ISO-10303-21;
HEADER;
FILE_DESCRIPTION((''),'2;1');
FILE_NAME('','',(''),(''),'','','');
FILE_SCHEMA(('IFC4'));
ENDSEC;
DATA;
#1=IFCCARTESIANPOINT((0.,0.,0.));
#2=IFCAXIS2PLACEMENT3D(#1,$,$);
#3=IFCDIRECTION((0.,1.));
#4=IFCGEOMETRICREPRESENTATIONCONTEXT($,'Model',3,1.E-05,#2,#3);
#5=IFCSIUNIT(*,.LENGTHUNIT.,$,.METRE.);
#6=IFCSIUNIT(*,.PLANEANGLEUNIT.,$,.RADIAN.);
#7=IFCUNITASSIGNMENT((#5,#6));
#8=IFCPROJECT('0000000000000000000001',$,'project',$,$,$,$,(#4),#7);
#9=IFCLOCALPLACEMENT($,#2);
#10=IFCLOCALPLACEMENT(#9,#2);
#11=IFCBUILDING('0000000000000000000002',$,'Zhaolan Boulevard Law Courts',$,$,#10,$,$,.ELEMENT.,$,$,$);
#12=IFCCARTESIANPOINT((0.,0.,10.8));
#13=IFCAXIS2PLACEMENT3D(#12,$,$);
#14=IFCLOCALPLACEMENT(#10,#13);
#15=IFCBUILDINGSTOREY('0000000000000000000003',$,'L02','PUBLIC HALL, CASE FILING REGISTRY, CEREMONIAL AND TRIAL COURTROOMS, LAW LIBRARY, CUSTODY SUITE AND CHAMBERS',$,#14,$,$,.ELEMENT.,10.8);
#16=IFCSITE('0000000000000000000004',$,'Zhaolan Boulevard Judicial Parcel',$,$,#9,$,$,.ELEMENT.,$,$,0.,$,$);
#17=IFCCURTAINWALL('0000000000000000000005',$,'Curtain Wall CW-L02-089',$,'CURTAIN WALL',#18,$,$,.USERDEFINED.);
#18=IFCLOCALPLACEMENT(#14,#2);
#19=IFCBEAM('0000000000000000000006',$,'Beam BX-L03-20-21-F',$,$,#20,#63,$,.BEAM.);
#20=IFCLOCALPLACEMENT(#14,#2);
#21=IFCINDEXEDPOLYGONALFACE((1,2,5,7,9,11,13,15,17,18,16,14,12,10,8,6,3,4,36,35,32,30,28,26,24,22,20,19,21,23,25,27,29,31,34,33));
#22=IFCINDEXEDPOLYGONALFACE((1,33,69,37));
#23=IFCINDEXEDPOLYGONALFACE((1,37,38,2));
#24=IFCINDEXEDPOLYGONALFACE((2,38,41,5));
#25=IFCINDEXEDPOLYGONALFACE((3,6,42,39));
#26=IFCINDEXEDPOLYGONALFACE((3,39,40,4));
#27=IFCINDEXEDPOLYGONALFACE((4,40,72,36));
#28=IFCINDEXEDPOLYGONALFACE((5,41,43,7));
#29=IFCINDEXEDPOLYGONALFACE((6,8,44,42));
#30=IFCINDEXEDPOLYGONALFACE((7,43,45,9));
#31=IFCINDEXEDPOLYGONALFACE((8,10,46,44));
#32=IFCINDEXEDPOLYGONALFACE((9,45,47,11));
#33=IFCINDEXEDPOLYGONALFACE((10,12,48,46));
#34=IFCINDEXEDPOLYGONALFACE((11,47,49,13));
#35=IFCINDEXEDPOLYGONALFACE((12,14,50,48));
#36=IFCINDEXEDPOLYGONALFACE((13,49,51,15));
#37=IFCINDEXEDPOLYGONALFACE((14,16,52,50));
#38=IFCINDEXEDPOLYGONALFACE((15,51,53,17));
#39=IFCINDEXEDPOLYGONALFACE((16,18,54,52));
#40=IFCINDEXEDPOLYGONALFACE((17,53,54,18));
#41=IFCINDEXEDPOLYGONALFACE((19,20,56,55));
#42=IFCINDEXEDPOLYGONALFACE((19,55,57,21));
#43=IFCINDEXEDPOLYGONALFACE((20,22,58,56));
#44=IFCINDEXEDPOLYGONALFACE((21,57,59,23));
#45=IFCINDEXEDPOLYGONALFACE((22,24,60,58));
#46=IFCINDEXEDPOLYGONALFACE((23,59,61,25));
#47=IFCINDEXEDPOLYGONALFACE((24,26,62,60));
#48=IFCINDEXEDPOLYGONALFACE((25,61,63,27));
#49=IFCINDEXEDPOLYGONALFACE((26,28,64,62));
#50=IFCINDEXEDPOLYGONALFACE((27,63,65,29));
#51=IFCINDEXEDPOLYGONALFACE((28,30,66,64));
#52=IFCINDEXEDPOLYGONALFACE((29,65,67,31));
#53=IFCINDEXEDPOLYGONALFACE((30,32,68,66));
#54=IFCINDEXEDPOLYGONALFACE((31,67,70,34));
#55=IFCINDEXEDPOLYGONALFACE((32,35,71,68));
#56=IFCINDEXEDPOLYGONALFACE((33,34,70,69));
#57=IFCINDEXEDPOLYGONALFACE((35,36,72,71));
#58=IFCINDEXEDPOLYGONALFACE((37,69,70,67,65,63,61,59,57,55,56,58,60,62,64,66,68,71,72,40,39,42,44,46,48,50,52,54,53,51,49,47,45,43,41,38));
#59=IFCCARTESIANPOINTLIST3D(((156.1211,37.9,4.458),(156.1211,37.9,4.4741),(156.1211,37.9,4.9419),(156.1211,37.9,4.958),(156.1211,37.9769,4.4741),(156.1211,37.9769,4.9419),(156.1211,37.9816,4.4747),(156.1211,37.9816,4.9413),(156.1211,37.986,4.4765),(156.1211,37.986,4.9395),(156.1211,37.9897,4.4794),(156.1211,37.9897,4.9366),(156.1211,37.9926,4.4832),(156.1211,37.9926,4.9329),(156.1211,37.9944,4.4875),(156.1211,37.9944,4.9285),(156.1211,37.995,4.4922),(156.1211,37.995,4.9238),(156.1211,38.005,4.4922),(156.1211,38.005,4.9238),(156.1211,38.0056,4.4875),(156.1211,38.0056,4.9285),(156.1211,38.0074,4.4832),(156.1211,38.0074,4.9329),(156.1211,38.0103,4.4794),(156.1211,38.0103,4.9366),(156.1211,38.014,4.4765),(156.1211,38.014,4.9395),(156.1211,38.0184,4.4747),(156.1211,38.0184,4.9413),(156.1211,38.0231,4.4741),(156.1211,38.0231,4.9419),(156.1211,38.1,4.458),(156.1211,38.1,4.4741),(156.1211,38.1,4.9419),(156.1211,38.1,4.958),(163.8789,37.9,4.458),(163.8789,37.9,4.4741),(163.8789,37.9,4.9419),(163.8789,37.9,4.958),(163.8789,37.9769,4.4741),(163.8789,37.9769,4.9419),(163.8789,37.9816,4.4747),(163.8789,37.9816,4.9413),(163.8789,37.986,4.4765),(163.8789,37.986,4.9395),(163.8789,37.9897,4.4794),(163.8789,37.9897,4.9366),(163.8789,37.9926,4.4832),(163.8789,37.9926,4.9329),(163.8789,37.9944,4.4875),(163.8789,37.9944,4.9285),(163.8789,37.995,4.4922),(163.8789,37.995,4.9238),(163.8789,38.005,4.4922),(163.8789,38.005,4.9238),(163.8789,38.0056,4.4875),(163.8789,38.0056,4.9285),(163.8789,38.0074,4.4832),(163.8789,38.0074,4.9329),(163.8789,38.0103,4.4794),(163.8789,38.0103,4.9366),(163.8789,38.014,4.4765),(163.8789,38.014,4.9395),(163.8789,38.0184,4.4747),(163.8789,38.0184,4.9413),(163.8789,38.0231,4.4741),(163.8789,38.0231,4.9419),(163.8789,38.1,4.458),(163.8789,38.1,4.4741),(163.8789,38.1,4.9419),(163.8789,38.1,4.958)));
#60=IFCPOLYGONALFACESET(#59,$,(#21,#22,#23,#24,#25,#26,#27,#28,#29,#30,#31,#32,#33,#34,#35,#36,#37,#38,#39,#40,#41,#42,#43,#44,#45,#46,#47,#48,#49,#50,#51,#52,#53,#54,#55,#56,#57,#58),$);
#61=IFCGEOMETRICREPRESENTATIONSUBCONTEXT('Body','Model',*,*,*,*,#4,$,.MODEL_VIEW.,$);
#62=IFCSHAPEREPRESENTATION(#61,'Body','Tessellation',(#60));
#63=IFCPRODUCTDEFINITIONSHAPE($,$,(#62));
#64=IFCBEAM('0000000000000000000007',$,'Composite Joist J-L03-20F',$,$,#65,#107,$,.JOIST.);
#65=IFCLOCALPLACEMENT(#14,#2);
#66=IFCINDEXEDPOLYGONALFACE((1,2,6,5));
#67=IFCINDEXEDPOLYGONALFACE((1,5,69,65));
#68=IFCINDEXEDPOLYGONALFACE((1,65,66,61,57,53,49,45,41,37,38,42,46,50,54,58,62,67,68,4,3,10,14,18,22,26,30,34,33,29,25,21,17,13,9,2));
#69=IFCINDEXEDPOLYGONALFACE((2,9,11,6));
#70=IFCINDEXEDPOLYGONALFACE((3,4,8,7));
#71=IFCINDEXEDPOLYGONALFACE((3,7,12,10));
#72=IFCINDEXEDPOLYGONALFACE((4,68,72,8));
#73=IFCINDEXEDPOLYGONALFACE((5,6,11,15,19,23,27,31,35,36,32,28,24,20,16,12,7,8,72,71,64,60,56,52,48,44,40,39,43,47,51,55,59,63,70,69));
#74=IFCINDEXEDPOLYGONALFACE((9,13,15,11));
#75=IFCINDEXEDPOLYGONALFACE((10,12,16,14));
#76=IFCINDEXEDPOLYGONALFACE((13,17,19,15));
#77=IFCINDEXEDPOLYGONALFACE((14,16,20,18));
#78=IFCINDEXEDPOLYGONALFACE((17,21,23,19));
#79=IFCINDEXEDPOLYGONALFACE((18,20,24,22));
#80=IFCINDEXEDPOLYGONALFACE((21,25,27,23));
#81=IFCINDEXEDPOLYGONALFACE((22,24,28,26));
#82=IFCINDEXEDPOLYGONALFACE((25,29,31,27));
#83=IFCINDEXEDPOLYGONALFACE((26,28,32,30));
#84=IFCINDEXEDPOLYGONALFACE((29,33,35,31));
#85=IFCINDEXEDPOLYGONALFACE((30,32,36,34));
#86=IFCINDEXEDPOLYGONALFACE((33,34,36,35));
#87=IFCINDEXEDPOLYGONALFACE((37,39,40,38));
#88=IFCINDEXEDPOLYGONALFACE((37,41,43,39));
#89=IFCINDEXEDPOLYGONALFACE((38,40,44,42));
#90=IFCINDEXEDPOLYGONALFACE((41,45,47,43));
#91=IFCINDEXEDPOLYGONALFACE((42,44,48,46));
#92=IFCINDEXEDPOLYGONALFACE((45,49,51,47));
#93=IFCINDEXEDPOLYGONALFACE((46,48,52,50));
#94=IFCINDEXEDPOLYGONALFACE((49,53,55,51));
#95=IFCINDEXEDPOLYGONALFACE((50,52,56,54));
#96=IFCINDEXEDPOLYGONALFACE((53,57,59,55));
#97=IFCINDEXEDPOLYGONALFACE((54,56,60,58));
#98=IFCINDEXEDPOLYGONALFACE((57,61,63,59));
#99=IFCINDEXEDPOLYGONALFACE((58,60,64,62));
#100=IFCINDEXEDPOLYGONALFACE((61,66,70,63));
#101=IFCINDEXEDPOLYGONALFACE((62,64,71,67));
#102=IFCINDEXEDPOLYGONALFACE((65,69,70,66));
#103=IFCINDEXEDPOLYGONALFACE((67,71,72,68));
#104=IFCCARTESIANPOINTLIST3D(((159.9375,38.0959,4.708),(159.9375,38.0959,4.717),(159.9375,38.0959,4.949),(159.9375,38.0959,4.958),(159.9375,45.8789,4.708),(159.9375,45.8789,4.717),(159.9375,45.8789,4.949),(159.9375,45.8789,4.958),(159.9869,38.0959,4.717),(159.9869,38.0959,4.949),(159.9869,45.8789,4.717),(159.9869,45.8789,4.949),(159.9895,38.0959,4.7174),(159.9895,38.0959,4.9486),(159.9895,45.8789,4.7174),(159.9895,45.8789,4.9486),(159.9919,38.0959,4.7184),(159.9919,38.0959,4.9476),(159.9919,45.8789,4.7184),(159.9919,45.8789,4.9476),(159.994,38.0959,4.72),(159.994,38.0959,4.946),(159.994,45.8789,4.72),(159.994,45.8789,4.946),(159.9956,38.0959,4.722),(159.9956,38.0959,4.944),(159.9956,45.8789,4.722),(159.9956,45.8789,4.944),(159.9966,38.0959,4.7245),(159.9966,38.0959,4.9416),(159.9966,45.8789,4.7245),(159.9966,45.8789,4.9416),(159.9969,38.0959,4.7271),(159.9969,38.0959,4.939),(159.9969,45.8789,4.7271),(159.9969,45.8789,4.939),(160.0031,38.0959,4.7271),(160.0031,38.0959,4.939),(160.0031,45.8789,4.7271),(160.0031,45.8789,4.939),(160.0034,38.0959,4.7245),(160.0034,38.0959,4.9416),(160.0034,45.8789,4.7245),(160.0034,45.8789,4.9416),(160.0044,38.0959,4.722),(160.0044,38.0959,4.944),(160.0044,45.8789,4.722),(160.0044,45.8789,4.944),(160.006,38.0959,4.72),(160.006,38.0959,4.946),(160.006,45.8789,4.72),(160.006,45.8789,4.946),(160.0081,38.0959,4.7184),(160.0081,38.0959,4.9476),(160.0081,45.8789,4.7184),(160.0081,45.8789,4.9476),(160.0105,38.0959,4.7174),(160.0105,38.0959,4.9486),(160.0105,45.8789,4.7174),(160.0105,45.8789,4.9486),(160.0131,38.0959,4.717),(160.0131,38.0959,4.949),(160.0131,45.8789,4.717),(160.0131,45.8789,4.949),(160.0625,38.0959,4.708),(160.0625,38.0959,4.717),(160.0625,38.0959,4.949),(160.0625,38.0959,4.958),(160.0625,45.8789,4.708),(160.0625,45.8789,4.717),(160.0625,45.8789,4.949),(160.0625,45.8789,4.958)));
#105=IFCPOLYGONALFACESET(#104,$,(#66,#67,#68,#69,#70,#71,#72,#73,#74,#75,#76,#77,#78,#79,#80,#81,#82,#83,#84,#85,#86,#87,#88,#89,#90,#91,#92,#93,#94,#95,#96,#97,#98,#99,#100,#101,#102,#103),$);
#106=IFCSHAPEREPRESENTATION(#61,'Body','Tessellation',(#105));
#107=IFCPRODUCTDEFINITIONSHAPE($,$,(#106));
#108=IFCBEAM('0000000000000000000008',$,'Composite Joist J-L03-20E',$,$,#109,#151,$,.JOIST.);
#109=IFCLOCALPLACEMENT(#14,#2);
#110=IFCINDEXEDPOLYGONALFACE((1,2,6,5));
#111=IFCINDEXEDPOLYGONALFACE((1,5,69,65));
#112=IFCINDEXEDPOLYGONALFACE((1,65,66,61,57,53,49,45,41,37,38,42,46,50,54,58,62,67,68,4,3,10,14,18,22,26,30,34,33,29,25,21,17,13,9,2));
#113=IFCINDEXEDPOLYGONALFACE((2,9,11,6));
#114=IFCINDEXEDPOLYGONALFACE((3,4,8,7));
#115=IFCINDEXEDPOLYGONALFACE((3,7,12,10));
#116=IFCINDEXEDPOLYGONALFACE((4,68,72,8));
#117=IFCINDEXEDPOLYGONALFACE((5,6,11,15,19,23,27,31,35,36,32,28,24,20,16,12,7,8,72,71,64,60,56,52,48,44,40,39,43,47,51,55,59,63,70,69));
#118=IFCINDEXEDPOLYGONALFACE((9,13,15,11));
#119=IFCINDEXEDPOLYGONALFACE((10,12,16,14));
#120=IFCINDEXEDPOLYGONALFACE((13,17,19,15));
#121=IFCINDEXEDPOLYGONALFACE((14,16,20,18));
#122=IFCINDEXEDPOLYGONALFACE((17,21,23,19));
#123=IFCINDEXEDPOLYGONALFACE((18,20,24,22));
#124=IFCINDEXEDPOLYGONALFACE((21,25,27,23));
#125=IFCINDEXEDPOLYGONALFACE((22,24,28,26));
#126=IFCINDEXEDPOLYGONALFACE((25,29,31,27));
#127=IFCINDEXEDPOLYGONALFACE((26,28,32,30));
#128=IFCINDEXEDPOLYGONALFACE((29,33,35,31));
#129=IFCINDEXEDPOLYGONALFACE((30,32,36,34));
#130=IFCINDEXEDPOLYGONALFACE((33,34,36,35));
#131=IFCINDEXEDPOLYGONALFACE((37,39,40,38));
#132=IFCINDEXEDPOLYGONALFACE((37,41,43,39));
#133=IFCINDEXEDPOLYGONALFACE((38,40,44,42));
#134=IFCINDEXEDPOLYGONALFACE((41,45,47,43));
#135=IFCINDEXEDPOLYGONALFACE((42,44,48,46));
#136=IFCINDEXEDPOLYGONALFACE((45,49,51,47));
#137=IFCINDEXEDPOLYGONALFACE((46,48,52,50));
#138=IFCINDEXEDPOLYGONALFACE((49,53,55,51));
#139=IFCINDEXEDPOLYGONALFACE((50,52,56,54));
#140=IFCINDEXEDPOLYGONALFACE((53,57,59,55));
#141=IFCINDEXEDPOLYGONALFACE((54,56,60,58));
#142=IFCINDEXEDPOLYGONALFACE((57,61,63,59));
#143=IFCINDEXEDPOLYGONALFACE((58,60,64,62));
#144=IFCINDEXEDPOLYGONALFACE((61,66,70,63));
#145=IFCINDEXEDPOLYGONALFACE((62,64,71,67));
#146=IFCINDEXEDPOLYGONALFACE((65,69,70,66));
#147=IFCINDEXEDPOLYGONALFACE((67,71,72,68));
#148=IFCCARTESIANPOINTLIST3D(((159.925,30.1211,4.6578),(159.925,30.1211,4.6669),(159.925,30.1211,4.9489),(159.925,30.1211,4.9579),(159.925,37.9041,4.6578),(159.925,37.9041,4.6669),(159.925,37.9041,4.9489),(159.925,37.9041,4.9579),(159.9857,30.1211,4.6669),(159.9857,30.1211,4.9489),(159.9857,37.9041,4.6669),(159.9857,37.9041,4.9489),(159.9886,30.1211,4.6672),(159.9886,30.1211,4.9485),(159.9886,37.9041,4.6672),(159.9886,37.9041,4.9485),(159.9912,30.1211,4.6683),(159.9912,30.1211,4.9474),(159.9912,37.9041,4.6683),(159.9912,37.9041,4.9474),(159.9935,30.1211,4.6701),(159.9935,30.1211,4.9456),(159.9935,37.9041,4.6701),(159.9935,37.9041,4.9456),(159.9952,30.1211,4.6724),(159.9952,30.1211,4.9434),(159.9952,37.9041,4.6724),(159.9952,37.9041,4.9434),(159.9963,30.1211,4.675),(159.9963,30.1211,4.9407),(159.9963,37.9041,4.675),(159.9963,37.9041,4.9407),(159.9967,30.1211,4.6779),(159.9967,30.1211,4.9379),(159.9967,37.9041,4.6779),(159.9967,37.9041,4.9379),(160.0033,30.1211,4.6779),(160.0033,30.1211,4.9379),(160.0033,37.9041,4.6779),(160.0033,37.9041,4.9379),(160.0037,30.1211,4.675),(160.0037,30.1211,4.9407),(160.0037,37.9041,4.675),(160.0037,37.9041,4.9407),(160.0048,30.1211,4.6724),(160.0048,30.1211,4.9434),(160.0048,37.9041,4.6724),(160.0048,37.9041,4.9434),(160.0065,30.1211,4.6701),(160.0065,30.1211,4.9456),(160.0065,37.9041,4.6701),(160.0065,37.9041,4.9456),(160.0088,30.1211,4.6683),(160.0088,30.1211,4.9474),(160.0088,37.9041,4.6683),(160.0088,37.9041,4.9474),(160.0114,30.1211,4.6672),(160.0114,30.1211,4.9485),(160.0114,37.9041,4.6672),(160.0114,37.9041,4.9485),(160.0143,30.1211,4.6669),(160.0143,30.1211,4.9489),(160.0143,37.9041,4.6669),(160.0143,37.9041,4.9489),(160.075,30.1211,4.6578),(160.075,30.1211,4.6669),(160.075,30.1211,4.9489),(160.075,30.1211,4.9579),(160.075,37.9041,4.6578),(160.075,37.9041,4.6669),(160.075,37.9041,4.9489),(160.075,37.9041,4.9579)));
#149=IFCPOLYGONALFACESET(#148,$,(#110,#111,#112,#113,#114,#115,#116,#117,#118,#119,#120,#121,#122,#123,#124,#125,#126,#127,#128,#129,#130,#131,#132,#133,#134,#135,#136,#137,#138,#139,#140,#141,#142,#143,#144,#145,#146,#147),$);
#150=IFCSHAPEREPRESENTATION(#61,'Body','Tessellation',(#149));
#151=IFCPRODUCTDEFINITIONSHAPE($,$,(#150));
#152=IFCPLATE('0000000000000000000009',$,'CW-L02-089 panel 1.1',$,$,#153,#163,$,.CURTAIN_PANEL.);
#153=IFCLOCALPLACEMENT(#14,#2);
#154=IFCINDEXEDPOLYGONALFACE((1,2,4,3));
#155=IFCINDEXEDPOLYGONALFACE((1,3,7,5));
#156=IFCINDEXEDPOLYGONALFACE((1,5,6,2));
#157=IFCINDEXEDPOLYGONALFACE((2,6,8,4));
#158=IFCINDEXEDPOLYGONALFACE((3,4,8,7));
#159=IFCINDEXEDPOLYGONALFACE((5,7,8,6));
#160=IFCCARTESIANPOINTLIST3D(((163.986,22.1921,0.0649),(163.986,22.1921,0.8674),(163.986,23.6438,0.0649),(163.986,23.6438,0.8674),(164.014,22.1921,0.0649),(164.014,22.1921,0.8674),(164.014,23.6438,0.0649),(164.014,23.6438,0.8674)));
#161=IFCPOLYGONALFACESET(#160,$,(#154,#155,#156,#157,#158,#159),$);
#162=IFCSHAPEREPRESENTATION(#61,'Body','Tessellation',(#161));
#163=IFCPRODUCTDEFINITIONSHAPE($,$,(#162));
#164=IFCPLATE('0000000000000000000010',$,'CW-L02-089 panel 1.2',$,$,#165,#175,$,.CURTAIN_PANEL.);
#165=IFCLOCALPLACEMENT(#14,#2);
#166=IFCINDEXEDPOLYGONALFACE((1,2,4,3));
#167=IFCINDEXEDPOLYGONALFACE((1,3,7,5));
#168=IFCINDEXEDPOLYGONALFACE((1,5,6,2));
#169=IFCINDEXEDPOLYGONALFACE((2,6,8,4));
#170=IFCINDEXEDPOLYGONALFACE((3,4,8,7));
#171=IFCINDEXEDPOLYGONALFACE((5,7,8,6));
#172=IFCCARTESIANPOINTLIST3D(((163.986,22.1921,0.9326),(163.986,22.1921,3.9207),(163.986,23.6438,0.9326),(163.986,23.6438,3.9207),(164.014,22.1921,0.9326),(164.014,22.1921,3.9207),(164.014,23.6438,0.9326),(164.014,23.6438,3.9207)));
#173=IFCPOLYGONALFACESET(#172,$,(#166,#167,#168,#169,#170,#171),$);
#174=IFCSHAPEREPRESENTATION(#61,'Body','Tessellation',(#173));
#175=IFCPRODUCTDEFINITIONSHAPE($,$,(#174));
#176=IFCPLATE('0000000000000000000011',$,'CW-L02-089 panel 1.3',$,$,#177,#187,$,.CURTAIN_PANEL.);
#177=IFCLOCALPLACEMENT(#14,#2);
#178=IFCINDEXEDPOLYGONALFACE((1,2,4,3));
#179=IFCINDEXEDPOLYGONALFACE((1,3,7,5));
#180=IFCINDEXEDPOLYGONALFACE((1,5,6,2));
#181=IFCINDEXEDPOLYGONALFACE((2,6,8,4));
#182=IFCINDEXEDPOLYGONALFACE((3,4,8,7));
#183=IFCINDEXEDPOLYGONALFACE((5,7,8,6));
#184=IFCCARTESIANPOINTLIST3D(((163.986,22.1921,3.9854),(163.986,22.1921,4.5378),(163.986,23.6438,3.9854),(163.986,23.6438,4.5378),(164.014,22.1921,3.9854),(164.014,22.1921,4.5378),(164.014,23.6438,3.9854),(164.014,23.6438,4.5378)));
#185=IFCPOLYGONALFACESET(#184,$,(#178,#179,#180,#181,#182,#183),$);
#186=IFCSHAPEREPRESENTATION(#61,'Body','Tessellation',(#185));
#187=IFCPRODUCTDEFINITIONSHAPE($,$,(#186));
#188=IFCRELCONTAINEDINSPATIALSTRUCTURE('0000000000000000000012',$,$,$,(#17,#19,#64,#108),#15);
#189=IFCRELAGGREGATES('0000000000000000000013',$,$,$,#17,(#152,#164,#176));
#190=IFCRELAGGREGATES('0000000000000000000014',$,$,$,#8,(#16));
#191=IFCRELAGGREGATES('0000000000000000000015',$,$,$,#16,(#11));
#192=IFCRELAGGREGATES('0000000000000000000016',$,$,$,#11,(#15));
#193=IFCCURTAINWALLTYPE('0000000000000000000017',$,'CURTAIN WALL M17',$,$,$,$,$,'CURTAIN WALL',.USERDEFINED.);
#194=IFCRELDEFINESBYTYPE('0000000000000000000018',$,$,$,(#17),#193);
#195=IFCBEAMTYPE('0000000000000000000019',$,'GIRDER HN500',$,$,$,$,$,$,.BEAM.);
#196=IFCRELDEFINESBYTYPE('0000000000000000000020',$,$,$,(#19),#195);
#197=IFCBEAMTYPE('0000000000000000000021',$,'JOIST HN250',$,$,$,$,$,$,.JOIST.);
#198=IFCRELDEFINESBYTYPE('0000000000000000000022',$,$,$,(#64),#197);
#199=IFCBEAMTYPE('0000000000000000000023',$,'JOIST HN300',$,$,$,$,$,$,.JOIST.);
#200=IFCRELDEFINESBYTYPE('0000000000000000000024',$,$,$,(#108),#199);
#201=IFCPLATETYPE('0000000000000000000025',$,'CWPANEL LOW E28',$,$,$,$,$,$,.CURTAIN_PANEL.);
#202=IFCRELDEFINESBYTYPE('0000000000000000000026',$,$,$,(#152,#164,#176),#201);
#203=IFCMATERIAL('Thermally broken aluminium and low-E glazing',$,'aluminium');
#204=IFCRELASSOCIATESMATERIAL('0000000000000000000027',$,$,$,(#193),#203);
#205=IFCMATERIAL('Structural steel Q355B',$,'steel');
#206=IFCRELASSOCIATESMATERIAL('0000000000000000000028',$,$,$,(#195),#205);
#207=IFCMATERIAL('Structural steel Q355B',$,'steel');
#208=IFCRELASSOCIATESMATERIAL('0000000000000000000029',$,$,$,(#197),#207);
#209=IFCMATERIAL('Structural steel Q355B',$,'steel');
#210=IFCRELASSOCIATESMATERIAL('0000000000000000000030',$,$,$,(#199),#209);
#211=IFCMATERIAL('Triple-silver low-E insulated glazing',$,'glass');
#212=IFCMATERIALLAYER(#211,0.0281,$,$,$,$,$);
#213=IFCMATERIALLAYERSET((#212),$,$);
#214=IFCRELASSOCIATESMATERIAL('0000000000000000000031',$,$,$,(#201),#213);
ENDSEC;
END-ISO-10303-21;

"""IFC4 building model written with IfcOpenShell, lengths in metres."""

from ifc_helpers import new_model, si_unit, direction, frame, origin, origin_2d, place, context, subcontext, project, spatial, rectangle, i_section, extrude, material, layer, layer_set, material_profile, profile_set, type_object, element, aggregate, save


model = new_model("IFC4")

# Units and contexts
model_context = context("Model", 3, precision=1e-05, world=origin(), true_north=direction((0.0, 1.0)))
body_context = subcontext(model_context, "Body", "Model", "MODEL_VIEW")
ifc_project = project(units=[si_unit("LENGTHUNIT", "METRE"), si_unit("PLANEANGLEUNIT", "RADIAN")], contexts=[model_context])

# Site, building, storey
site_placement = place(None, origin())
site = spatial("IfcSite", under=ifc_project, at=site_placement, Name="Zhaolan Boulevard Judicial Parcel", CompositionType="ELEMENT", RefElevation=0.0)
building_placement = place(site_placement, origin())
building = spatial("IfcBuilding", under=site, at=building_placement, Name="Zhaolan Boulevard Law Courts", CompositionType="ELEMENT")
storey_placement = place(building_placement, frame((0.0, 0.0, 10.8)))
storey = spatial("IfcBuildingStorey", under=building, at=storey_placement, Name="L02", Description="PUBLIC HALL, CASE FILING REGISTRY, CEREMONIAL AND TRIAL COURTROOMS, LAW LIBRARY, CUSTODY SUITE AND CHAMBERS", CompositionType="ELEMENT", Elevation=10.8)

# Curtain wall
ifc_material_1 = material(Name="Thermally broken aluminium and low-E glazing", Category="aluminium")
curtain_wall_type = type_object("IfcCurtainWallType", Name="CURTAIN WALL M17", ElementType="CURTAIN WALL", PredefinedType="USERDEFINED", material=ifc_material_1)
curtain_wall_placement = place(storey_placement, origin())
curtain_wall = element("IfcCurtainWall", 1, at=curtain_wall_placement, inside=storey, type_object=curtain_wall_type, Name="Curtain Wall CW-L02-089", ObjectType="CURTAIN WALL", PredefinedType="USERDEFINED")

# Beams
ifc_material_2 = material(Name="Structural steel Q355B", Category="steel")
ifc_material_profile_1 = material_profile(ifc_material_2, i_section(OverallWidth=0.2, OverallDepth=0.5, WebThickness=0.01, FlangeThickness=0.0161, FilletRadius=0.0181, at=origin_2d()), Name="HN500x200")
ifc_profile_set_1 = profile_set([ifc_material_profile_1], Name="Structural steel Q355B")
beam_type_1 = type_object("IfcBeamType", Name="GIRDER HN500", PredefinedType="BEAM", material=ifc_profile_set_1)
beam_1_placement = place(storey_placement, frame((156.1211, 38.0, 4.708), z_axis=(1.0, 0.0, 0.0), x_axis=(0.0, 1.0, 0.0)))
element("IfcBeam", 2, at=beam_1_placement, inside=storey, type_object=beam_type_1, Name="Beam BX-L03-20-21-F", PredefinedType="BEAM", context=body_context, shape_type="SweptSolid", body=[
    extrude(i_section(OverallWidth=0.2, OverallDepth=0.5, WebThickness=0.01, FlangeThickness=0.0161, FilletRadius=0.0181, at=origin_2d()), origin(), (0.0, 0.0, 1.0), 7.7578),
])
ifc_material_3 = material(Name="Structural steel Q355B", Category="steel")
ifc_material_profile_2 = material_profile(ifc_material_3, i_section(OverallWidth=0.125, OverallDepth=0.25, WebThickness=0.0061, FlangeThickness=0.009, FilletRadius=0.01, at=origin_2d()), Name="HN250x125")
ifc_profile_set_2 = profile_set([ifc_material_profile_2], Name="Structural steel Q355B")
beam_type_2 = type_object("IfcBeamType", Name="JOIST HN250", PredefinedType="JOIST", material=ifc_profile_set_2)
beam_2_placement = place(storey_placement, frame((160.0, 38.0959, 4.833), z_axis=(0.0, 1.0, 0.0), x_axis=(-1.0, 0.0, 0.0)))
element("IfcBeam", 3, at=beam_2_placement, inside=storey, type_object=beam_type_2, Name="Composite Joist J-L03-20F", PredefinedType="JOIST", context=body_context, shape_type="SweptSolid", body=[
    extrude(i_section(OverallWidth=0.125, OverallDepth=0.25, WebThickness=0.0061, FlangeThickness=0.009, FilletRadius=0.01, at=origin_2d()), origin(), (0.0, 0.0, 1.0), 7.783),
])
ifc_material_4 = material(Name="Structural steel Q355B", Category="steel")
ifc_material_profile_3 = material_profile(ifc_material_4, i_section(OverallWidth=0.1499, OverallDepth=0.3, WebThickness=0.0066, FlangeThickness=0.009, FilletRadius=0.011, at=origin_2d()), Name="HN300x150")
ifc_profile_set_3 = profile_set([ifc_material_profile_3], Name="Structural steel Q355B")
beam_type_3 = type_object("IfcBeamType", Name="JOIST HN300", PredefinedType="JOIST", material=ifc_profile_set_3)
beam_3_placement = place(storey_placement, frame((160.0, 30.1211, 4.8079), z_axis=(0.0, 1.0, 0.0), x_axis=(-1.0, 0.0, 0.0)))
element("IfcBeam", 4, at=beam_3_placement, inside=storey, type_object=beam_type_3, Name="Composite Joist J-L03-20E", PredefinedType="JOIST", context=body_context, shape_type="SweptSolid", body=[
    extrude(i_section(OverallWidth=0.1499, OverallDepth=0.3, WebThickness=0.0066, FlangeThickness=0.009, FilletRadius=0.011, at=origin_2d()), origin(), (0.0, 0.0, 1.0), 7.783),
])

# Plates
ifc_material_5 = material(Name="Triple-silver low-E insulated glazing", Category="glass")
ifc_layer_1 = layer(ifc_material_5, 0.0281)
ifc_layer_set_1 = layer_set([ifc_layer_1])
plate_type = type_object("IfcPlateType", Name="CWPANEL LOW E28", PredefinedType="CURTAIN_PANEL", material=ifc_layer_set_1)
plate_1_placement = place(storey_placement, frame((164.0, 22.918, 0.0649), z_axis=(0.0, 0.0, 1.0), x_axis=(0.0, 1.0, 0.0)))
plate_1 = element("IfcPlate", 5, at=plate_1_placement, type_object=plate_type, Name="CW-L02-089 panel 1.1", PredefinedType="CURTAIN_PANEL", context=body_context, shape_type="SweptSolid", body=[
    extrude(rectangle(XDim=1.4517, YDim=0.0281, at=origin_2d()), origin(), (0.0, 0.0, 1.0), 0.8025),
])
plate_2_placement = place(storey_placement, frame((164.0, 22.918, 0.9326), z_axis=(0.0, 0.0, 1.0), x_axis=(0.0, 1.0, 0.0)))
plate_2 = element("IfcPlate", 6, at=plate_2_placement, type_object=plate_type, Name="CW-L02-089 panel 1.2", PredefinedType="CURTAIN_PANEL", context=body_context, shape_type="SweptSolid", body=[
    extrude(rectangle(XDim=1.4517, YDim=0.0281, at=origin_2d()), origin(), (0.0, 0.0, 1.0), 2.988),
])
plate_3_placement = place(storey_placement, frame((164.0, 22.918, 3.9854), z_axis=(0.0, 0.0, 1.0), x_axis=(0.0, 1.0, 0.0)))
plate_3 = element("IfcPlate", 7, at=plate_3_placement, type_object=plate_type, Name="CW-L02-089 panel 1.3", PredefinedType="CURTAIN_PANEL", context=body_context, shape_type="SweptSolid", body=[
    extrude(rectangle(XDim=1.4517, YDim=0.0281, at=origin_2d()), origin(), (0.0, 0.0, 1.0), 0.5525),
])
aggregate(curtain_wall, [plate_1, plate_2, plate_3])

save(model, "model.ifc")
